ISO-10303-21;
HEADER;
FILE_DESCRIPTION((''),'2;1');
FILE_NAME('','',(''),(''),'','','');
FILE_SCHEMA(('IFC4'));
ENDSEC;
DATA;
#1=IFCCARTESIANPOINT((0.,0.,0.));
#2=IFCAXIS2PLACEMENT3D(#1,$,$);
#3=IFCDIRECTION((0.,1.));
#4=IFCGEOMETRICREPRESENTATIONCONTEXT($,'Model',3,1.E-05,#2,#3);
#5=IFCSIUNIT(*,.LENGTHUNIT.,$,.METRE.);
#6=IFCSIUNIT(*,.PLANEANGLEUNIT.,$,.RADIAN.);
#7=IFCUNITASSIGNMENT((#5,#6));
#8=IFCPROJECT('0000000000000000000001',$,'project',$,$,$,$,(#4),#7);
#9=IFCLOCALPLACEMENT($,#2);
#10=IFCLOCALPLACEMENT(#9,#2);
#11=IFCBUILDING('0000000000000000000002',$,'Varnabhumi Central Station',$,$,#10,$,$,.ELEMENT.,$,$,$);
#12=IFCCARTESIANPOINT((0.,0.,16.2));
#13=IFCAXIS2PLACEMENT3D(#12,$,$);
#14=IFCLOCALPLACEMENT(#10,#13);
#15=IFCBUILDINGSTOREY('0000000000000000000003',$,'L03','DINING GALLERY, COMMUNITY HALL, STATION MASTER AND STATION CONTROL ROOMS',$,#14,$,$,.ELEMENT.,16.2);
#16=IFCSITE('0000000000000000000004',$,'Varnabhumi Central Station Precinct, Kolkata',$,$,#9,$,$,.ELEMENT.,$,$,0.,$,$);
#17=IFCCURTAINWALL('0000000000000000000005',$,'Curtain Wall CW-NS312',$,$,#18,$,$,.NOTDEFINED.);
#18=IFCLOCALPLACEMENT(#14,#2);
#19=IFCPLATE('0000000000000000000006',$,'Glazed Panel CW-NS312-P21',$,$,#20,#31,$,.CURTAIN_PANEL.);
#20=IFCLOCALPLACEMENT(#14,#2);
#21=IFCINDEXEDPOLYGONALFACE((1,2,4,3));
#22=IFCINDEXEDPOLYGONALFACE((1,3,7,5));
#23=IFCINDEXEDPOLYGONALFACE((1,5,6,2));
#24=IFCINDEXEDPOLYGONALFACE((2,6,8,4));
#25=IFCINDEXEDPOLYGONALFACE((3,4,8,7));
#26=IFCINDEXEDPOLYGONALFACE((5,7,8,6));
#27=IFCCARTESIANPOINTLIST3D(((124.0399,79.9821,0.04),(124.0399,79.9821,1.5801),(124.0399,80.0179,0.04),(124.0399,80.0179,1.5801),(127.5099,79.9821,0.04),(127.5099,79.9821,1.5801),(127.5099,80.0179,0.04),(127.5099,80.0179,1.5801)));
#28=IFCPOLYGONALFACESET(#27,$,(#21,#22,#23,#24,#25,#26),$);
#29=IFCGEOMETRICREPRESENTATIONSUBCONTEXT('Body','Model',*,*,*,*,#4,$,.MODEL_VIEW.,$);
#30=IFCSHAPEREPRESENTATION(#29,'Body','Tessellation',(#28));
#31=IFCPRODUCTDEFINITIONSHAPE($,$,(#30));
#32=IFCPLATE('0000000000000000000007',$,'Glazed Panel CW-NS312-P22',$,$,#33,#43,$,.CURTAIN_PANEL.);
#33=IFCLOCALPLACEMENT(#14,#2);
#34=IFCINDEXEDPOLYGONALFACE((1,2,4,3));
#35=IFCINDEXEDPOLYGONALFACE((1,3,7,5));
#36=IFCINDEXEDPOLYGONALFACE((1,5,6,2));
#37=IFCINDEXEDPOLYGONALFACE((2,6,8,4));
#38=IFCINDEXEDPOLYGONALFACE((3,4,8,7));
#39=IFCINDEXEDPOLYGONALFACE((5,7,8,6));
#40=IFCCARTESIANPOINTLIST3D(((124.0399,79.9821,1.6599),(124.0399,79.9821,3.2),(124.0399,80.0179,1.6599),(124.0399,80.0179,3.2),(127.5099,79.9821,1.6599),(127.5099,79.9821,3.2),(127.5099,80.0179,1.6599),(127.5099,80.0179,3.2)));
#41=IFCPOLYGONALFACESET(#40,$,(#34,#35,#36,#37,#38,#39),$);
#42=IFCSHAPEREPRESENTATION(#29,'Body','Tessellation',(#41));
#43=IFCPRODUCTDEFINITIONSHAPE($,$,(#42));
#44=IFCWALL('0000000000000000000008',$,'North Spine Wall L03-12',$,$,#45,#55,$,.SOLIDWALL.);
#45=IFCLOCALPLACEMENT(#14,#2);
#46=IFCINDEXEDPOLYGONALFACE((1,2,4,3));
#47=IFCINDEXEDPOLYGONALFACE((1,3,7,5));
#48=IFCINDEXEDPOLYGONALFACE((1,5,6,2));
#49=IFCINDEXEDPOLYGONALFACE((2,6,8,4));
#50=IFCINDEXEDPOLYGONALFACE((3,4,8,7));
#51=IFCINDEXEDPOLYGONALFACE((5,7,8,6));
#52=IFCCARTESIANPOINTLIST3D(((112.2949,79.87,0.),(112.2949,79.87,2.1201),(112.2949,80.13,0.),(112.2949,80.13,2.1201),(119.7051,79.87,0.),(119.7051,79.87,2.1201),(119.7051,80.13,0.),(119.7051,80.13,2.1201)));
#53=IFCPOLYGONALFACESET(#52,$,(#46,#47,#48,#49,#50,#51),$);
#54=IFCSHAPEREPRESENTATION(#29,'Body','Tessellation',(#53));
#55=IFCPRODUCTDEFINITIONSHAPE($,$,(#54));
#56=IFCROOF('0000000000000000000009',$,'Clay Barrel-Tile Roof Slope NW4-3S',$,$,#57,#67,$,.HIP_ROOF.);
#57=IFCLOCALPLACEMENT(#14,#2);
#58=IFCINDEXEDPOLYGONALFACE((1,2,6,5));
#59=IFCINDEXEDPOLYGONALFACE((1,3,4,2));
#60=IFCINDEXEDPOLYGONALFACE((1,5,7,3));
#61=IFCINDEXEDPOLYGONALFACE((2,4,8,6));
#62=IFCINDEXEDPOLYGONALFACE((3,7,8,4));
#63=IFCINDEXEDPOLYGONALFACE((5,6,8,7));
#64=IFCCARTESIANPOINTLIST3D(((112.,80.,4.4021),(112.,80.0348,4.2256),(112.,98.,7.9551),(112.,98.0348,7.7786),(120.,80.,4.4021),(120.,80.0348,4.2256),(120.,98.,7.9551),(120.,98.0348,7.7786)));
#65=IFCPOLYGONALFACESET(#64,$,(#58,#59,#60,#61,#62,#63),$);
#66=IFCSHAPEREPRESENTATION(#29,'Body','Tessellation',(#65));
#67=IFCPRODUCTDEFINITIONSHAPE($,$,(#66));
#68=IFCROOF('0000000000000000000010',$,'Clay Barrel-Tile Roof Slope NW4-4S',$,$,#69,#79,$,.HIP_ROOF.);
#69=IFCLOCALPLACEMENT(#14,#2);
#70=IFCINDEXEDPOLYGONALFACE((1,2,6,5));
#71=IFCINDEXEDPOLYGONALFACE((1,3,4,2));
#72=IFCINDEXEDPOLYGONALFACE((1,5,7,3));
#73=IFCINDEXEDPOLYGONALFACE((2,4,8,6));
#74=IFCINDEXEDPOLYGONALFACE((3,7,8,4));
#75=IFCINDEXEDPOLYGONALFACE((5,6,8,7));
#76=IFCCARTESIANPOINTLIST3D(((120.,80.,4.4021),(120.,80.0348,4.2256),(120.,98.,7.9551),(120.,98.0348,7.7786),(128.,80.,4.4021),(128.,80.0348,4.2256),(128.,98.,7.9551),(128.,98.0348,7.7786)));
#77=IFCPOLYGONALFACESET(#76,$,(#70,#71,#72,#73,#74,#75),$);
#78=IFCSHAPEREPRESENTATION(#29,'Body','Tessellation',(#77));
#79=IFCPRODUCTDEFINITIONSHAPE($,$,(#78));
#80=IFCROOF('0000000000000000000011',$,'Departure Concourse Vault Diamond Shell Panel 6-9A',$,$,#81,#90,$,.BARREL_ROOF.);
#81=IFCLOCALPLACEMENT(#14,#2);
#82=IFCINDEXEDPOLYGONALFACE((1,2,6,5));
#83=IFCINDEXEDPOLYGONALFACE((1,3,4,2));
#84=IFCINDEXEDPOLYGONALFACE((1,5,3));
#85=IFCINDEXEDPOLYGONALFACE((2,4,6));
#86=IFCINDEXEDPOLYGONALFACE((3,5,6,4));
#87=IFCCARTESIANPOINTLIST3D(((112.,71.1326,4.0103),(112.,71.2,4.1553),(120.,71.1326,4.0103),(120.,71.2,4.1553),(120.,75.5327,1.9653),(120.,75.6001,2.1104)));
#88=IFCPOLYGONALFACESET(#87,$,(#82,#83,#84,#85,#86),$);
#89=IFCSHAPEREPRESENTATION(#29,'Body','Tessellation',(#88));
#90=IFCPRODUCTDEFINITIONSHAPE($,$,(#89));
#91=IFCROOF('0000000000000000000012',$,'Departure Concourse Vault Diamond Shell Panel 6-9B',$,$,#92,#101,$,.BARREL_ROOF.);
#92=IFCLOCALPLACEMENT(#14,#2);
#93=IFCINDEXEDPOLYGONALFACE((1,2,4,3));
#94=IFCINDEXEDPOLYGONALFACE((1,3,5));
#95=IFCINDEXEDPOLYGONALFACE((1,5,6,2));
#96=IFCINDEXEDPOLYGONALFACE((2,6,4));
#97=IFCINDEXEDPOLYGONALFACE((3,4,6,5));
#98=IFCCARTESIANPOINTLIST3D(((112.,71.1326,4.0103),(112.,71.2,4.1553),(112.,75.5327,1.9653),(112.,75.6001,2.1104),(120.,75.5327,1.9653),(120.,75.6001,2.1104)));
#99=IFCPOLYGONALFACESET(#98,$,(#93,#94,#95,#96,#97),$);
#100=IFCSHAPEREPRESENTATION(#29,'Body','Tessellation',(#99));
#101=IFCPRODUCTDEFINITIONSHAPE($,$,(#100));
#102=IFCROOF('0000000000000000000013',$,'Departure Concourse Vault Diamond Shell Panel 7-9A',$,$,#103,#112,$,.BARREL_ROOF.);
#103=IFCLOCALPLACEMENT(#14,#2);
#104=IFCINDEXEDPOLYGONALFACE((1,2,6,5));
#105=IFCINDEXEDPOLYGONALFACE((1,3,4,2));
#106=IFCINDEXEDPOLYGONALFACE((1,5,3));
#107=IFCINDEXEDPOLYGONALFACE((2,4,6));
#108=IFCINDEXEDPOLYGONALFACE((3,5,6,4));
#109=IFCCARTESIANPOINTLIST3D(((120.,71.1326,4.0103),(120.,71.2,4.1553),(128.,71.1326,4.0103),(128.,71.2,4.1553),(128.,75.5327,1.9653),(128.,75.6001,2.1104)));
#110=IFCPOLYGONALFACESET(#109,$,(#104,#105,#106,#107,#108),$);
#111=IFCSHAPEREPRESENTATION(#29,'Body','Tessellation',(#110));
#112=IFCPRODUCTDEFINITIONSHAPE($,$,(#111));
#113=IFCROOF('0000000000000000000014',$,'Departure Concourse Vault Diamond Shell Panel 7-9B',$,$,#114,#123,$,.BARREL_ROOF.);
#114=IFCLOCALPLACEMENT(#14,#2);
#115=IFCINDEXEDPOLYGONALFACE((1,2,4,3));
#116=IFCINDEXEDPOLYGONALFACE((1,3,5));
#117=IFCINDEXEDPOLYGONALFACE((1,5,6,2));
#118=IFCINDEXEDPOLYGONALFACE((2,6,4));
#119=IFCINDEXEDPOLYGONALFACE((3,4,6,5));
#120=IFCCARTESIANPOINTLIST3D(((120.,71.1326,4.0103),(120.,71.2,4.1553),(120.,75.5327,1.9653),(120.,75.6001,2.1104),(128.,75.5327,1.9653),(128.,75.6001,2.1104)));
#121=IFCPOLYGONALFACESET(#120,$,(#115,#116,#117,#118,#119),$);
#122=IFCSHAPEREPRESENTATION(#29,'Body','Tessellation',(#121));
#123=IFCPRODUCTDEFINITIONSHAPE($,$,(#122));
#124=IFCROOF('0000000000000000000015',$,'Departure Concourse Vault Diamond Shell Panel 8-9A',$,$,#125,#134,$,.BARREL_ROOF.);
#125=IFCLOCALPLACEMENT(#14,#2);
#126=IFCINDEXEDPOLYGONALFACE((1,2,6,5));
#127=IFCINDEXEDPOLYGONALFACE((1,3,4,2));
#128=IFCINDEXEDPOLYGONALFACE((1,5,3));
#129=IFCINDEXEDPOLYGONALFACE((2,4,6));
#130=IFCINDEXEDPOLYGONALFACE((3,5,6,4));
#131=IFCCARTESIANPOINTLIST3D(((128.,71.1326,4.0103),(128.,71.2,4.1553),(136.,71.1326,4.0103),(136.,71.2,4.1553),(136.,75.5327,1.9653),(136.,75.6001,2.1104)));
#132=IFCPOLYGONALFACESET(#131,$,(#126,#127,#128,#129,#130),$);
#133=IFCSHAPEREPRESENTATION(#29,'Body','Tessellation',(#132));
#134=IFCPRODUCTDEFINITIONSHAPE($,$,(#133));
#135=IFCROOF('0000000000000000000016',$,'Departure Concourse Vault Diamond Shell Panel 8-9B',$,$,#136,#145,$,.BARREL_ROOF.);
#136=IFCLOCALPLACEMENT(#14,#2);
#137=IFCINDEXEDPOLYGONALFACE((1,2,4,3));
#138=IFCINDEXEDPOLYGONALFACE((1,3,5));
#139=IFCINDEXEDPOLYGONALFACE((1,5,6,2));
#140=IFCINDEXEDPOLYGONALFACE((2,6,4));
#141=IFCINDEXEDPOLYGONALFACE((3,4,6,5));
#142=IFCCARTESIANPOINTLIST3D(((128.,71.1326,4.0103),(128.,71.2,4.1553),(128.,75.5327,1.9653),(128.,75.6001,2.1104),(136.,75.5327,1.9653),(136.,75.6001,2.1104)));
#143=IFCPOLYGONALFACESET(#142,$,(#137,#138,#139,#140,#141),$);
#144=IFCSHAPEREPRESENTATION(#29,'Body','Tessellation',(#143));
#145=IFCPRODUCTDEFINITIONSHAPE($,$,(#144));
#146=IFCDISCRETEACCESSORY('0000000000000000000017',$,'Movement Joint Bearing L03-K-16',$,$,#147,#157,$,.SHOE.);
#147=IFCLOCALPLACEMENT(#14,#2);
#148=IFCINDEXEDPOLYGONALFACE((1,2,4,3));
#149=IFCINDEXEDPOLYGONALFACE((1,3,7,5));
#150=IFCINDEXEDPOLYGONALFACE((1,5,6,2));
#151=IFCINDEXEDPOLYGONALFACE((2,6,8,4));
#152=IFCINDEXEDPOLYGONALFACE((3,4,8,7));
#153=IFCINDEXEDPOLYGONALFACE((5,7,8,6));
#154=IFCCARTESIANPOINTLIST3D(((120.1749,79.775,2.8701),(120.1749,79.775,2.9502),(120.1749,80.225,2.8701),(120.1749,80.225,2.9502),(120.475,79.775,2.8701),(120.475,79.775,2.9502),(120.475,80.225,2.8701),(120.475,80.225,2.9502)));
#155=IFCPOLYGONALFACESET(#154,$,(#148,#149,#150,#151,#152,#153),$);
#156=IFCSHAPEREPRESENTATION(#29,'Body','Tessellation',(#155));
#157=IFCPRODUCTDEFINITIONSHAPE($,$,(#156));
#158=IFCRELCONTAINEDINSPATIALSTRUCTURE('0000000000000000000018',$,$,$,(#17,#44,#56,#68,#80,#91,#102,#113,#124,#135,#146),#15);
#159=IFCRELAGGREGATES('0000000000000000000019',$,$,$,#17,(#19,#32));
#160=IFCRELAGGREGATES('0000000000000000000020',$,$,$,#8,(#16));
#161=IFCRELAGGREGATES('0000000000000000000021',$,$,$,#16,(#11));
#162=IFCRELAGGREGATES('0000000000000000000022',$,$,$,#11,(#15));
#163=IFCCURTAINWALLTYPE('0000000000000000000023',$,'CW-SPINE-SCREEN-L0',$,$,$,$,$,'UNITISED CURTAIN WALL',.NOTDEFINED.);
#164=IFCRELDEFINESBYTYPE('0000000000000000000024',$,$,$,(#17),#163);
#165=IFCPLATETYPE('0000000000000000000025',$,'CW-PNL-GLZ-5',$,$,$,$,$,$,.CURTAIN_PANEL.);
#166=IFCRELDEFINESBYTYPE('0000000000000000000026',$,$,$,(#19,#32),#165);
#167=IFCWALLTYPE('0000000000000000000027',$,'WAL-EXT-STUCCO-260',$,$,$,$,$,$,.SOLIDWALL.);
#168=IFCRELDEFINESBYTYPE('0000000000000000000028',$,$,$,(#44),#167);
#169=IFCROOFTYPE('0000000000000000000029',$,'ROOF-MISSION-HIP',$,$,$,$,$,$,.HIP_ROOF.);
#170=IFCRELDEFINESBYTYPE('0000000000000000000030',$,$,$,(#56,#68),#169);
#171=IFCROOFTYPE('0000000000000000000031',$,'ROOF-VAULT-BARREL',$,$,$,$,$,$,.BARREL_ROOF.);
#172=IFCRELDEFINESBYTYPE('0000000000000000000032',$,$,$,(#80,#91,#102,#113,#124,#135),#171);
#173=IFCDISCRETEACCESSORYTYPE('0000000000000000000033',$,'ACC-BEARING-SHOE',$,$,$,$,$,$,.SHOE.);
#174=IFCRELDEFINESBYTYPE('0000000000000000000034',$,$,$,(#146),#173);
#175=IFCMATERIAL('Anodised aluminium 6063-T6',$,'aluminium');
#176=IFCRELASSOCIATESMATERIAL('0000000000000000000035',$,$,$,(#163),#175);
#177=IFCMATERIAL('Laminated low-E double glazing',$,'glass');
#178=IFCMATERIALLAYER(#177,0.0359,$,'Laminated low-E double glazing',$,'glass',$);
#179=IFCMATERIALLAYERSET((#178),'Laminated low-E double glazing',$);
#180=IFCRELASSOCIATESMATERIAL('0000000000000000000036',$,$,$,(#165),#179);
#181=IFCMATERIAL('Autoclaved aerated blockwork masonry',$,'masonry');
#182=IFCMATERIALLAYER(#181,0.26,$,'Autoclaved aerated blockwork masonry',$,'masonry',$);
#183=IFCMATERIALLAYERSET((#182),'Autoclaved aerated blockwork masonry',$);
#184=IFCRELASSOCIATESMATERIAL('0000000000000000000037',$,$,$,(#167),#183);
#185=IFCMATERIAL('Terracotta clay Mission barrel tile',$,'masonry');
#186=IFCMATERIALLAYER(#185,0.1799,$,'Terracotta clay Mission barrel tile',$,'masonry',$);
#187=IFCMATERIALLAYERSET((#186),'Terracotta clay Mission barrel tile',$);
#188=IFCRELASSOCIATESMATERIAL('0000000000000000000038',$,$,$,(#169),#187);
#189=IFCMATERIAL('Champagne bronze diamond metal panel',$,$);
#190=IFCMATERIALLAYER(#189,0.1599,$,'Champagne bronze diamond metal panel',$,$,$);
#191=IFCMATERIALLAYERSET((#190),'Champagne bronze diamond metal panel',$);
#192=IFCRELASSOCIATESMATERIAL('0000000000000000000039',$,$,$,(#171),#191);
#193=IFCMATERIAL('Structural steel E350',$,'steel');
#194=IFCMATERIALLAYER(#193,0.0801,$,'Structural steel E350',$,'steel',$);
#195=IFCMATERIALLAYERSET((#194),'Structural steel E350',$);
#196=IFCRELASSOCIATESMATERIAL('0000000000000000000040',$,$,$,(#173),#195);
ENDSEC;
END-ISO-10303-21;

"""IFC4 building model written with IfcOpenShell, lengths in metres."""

from ifc_helpers import new_model, si_unit, direction, frame, frame_2d, origin, origin_2d, place, context, subcontext, project, spatial, polyline, rectangle, outline, extrude, material, layer, layer_set, type_object, element, aggregate, save


model = new_model("IFC4")

# Units and contexts
model_context = context("Model", 3, precision=1e-05, world=origin(), true_north=direction((0.0, 1.0)))
body_context = subcontext(model_context, "Body", "Model", "MODEL_VIEW")
ifc_project = project(units=[si_unit("LENGTHUNIT", "METRE"), si_unit("PLANEANGLEUNIT", "RADIAN")], contexts=[model_context])

# Site, building, storey
site_placement = place(None, origin())
site = spatial("IfcSite", under=ifc_project, at=site_placement, Name="Varnabhumi Central Station Precinct, Kolkata", CompositionType="ELEMENT", RefElevation=0.0)
building_placement = place(site_placement, origin())
building = spatial("IfcBuilding", under=site, at=building_placement, Name="Varnabhumi Central Station", CompositionType="ELEMENT")
storey_placement = place(building_placement, frame((0.0, 0.0, 16.2)))
storey = spatial("IfcBuildingStorey", under=building, at=storey_placement, Name="L03", Description="DINING GALLERY, COMMUNITY HALL, STATION MASTER AND STATION CONTROL ROOMS", CompositionType="ELEMENT", Elevation=16.2)

# Shared definitions
ifc_material_1 = material(Name="Anodised aluminium 6063-T6", Category="aluminium")
curtain_wall_type_1 = type_object("IfcCurtainWallType", Name="CW-SPINE-SCREEN-L0", ElementType="UNITISED CURTAIN WALL", PredefinedType="NOTDEFINED", material=ifc_material_1)

# Curtain wall
curtain_wall_1_placement = place(storey_placement, origin())
curtain_wall_1 = element("IfcCurtainWall", 1, at=curtain_wall_1_placement, inside=storey, type_object=curtain_wall_type_1, Name="Curtain Wall CW-NS312", PredefinedType="NOTDEFINED")

# Shared definitions
ifc_material_2 = material(Name="Structural steel E350", Category="steel")

# Plates
ifc_material_3 = material(Name="Laminated low-E double glazing", Category="glass")
ifc_layer_1 = layer(ifc_material_3, 0.0359, Name="Laminated low-E double glazing", Category="glass")
ifc_layer_set_1 = layer_set([ifc_layer_1], Name="Laminated low-E double glazing")
plate_type_1 = type_object("IfcPlateType", Name="CW-PNL-GLZ-5", PredefinedType="CURTAIN_PANEL", material=ifc_layer_set_1)
plate_1_placement = place(storey_placement, frame((125.7749, 80.0, 0.04), z_axis=(0.0, 0.0, 1.0), x_axis=(1.0, 0.0, 0.0)))
plate_1 = element("IfcPlate", 2, at=plate_1_placement, type_object=plate_type_1, Name="Glazed Panel CW-NS312-P21", PredefinedType="CURTAIN_PANEL", context=body_context, shape_type="SweptSolid", body=[
    extrude(rectangle(XDim=3.47, YDim=0.0359, at=origin_2d()), origin(), (0.0, 0.0, 1.0), 1.54),
])
plate_2_placement = place(storey_placement, frame((125.7749, 80.0, 1.6599), z_axis=(0.0, 0.0, 1.0), x_axis=(1.0, 0.0, 0.0)))
plate_2 = element("IfcPlate", 3, at=plate_2_placement, type_object=plate_type_1, Name="Glazed Panel CW-NS312-P22", PredefinedType="CURTAIN_PANEL", context=body_context, shape_type="SweptSolid", body=[
    extrude(rectangle(XDim=3.47, YDim=0.0359, at=origin_2d()), origin(), (0.0, 0.0, 1.0), 1.54),
])
aggregate(curtain_wall_1, [plate_1, plate_2])

# Wall
ifc_material_4 = material(Name="Autoclaved aerated blockwork masonry", Category="masonry")
ifc_layer_2 = layer(ifc_material_4, 0.26, Name="Autoclaved aerated blockwork masonry", Category="masonry")
ifc_layer_set_2 = layer_set([ifc_layer_2], Name="Autoclaved aerated blockwork masonry")
wall_type = type_object("IfcWallType", Name="WAL-EXT-STUCCO-260", PredefinedType="SOLIDWALL", material=ifc_layer_set_2)
wall_placement = place(storey_placement, frame((112.2949, 80.0, 0.0), z_axis=(0.0, 0.0, 1.0), x_axis=(1.0, 0.0, 0.0)))
element("IfcWall", 4, at=wall_placement, inside=storey, type_object=wall_type, Name="North Spine Wall L03-12", PredefinedType="SOLIDWALL", context=body_context, shape_type="SweptSolid", body=[
    extrude(rectangle(XDim=7.4102, YDim=0.26, at=frame_2d((3.7051, 0.0))), origin(), (0.0, 0.0, 1.0), 2.1201),
])

# Roofs
ifc_material_5 = material(Name="Terracotta clay Mission barrel tile", Category="masonry")
ifc_layer_3 = layer(ifc_material_5, 0.1799, Name="Terracotta clay Mission barrel tile", Category="masonry")
ifc_layer_set_3 = layer_set([ifc_layer_3], Name="Terracotta clay Mission barrel tile")
roof_type_1 = type_object("IfcRoofType", Name="ROOF-MISSION-HIP", PredefinedType="HIP_ROOF", material=ifc_layer_set_3)
for number, where, z_axis, x_axis, name in (
    (5, (112.0, 80.0, 4.4021), (0.0, -0.193651, 0.98107), (1.0, 0.0, 0.0), "Clay Barrel-Tile Roof Slope NW4-3S"),
    (6, (120.0, 80.0, 4.4021), (0.0, -0.193651, 0.98107), (1.0, 0.0, 0.0), "Clay Barrel-Tile Roof Slope NW4-4S"),
):
    element("IfcRoof", number, at=place(storey_placement, frame(where, z_axis=z_axis, x_axis=x_axis)), inside=storey, type_object=roof_type_1, Name=name, PredefinedType="HIP_ROOF", context=body_context, shape_type="SweptSolid", body=[
        extrude(outline(polyline([(0.0, 0.0), (8.0, 0.0), (8.0, 18.3473), (0.0, 18.3473), (0.0, 0.0)])), origin(), (0.0, 0.0, -1.0), 0.1799),
    ])
ifc_material_6 = material(Name="Champagne bronze diamond metal panel")
ifc_layer_4 = layer(ifc_material_6, 0.1599, Name="Champagne bronze diamond metal panel")
ifc_layer_set_4 = layer_set([ifc_layer_4], Name="Champagne bronze diamond metal panel")
roof_type_2 = type_object("IfcRoofType", Name="ROOF-VAULT-BARREL", PredefinedType="BARREL_ROOF", material=ifc_layer_set_4)
roof_1_placement = place(storey_placement, frame((112.0, 71.2, 4.1553), z_axis=(0.0, 0.42145, 0.906852), x_axis=(1.0, 0.0, 0.0)))
element("IfcRoof", 7, at=roof_1_placement, inside=storey, type_object=roof_type_2, Name="Departure Concourse Vault Diamond Shell Panel 6-9A", PredefinedType="BARREL_ROOF", context=body_context, shape_type="SweptSolid", body=[
    extrude(outline(polyline([(0.0, 0.0), (8.0, 0.0), (8.0, 4.8521), (0.0, 0.0)])), origin(), (0.0, 0.0, -1.0), 0.1599),
])
roof_2_placement = place(storey_placement, frame((112.0, 71.2, 4.1553), z_axis=(0.0, 0.42145, 0.906852), x_axis=(0.855026, 0.47028, -0.218558)))
element("IfcRoof", 8, at=roof_2_placement, inside=storey, type_object=roof_type_2, Name="Departure Concourse Vault Diamond Shell Panel 6-9B", PredefinedType="BARREL_ROOF", context=body_context, shape_type="SweptSolid", body=[
    extrude(outline(polyline([(0.0, 0.0), (9.3564, 0.0), (2.5162, 4.1487), (0.0, 0.0)])), origin(), (0.0, 0.0, -1.0), 0.1599),
])
roof_3_placement = place(storey_placement, frame((120.0, 71.2, 4.1553), z_axis=(0.0, 0.42145, 0.906852), x_axis=(1.0, 0.0, 0.0)))
element("IfcRoof", 9, at=roof_3_placement, inside=storey, type_object=roof_type_2, Name="Departure Concourse Vault Diamond Shell Panel 7-9A", PredefinedType="BARREL_ROOF", context=body_context, shape_type="SweptSolid", body=[
    extrude(outline(polyline([(0.0, 0.0), (8.0, 0.0), (8.0, 4.8521), (0.0, 0.0)])), origin(), (0.0, 0.0, -1.0), 0.1599),
])
roof_4_placement = place(storey_placement, frame((120.0, 71.2, 4.1553), z_axis=(0.0, 0.42145, 0.906852), x_axis=(0.855026, 0.47028, -0.218558)))
element("IfcRoof", 10, at=roof_4_placement, inside=storey, type_object=roof_type_2, Name="Departure Concourse Vault Diamond Shell Panel 7-9B", PredefinedType="BARREL_ROOF", context=body_context, shape_type="SweptSolid", body=[
    extrude(outline(polyline([(0.0, 0.0), (9.3564, 0.0), (2.5162, 4.1487), (0.0, 0.0)])), origin(), (0.0, 0.0, -1.0), 0.1599),
])
roof_5_placement = place(storey_placement, frame((128.0, 71.2, 4.1553), z_axis=(0.0, 0.42145, 0.906852), x_axis=(1.0, 0.0, 0.0)))
element("IfcRoof", 11, at=roof_5_placement, inside=storey, type_object=roof_type_2, Name="Departure Concourse Vault Diamond Shell Panel 8-9A", PredefinedType="BARREL_ROOF", context=body_context, shape_type="SweptSolid", body=[
    extrude(outline(polyline([(0.0, 0.0), (8.0, 0.0), (8.0, 4.8521), (0.0, 0.0)])), origin(), (0.0, 0.0, -1.0), 0.1599),
])
roof_6_placement = place(storey_placement, frame((128.0, 71.2, 4.1553), z_axis=(0.0, 0.42145, 0.906852), x_axis=(0.855026, 0.47028, -0.218558)))
element("IfcRoof", 12, at=roof_6_placement, inside=storey, type_object=roof_type_2, Name="Departure Concourse Vault Diamond Shell Panel 8-9B", PredefinedType="BARREL_ROOF", context=body_context, shape_type="SweptSolid", body=[
    extrude(outline(polyline([(0.0, 0.0), (9.3564, 0.0), (2.5162, 4.1487), (0.0, 0.0)])), origin(), (0.0, 0.0, -1.0), 0.1599),
])

# Discrete accessory
ifc_layer_5 = layer(ifc_material_2, 0.0801, Name="Structural steel E350", Category="steel")
ifc_layer_set_5 = layer_set([ifc_layer_5], Name="Structural steel E350")
discrete_accessory_type = type_object("IfcDiscreteAccessoryType", Name="ACC-BEARING-SHOE", PredefinedType="SHOE", material=ifc_layer_set_5)
discrete_accessory_placement = place(storey_placement, frame((120.325, 80.0, 2.8701), z_axis=(0.0, 0.0, 1.0), x_axis=(1.0, 0.0, 0.0)))
element("IfcDiscreteAccessory", 13, at=discrete_accessory_placement, inside=storey, type_object=discrete_accessory_type, Name="Movement Joint Bearing L03-K-16", PredefinedType="SHOE", context=body_context, shape_type="SweptSolid", body=[
    extrude(rectangle(XDim=0.3, YDim=0.45, at=origin_2d()), origin(), (0.0, 0.0, 1.0), 0.0801),
])

save(model, "model.ifc")
